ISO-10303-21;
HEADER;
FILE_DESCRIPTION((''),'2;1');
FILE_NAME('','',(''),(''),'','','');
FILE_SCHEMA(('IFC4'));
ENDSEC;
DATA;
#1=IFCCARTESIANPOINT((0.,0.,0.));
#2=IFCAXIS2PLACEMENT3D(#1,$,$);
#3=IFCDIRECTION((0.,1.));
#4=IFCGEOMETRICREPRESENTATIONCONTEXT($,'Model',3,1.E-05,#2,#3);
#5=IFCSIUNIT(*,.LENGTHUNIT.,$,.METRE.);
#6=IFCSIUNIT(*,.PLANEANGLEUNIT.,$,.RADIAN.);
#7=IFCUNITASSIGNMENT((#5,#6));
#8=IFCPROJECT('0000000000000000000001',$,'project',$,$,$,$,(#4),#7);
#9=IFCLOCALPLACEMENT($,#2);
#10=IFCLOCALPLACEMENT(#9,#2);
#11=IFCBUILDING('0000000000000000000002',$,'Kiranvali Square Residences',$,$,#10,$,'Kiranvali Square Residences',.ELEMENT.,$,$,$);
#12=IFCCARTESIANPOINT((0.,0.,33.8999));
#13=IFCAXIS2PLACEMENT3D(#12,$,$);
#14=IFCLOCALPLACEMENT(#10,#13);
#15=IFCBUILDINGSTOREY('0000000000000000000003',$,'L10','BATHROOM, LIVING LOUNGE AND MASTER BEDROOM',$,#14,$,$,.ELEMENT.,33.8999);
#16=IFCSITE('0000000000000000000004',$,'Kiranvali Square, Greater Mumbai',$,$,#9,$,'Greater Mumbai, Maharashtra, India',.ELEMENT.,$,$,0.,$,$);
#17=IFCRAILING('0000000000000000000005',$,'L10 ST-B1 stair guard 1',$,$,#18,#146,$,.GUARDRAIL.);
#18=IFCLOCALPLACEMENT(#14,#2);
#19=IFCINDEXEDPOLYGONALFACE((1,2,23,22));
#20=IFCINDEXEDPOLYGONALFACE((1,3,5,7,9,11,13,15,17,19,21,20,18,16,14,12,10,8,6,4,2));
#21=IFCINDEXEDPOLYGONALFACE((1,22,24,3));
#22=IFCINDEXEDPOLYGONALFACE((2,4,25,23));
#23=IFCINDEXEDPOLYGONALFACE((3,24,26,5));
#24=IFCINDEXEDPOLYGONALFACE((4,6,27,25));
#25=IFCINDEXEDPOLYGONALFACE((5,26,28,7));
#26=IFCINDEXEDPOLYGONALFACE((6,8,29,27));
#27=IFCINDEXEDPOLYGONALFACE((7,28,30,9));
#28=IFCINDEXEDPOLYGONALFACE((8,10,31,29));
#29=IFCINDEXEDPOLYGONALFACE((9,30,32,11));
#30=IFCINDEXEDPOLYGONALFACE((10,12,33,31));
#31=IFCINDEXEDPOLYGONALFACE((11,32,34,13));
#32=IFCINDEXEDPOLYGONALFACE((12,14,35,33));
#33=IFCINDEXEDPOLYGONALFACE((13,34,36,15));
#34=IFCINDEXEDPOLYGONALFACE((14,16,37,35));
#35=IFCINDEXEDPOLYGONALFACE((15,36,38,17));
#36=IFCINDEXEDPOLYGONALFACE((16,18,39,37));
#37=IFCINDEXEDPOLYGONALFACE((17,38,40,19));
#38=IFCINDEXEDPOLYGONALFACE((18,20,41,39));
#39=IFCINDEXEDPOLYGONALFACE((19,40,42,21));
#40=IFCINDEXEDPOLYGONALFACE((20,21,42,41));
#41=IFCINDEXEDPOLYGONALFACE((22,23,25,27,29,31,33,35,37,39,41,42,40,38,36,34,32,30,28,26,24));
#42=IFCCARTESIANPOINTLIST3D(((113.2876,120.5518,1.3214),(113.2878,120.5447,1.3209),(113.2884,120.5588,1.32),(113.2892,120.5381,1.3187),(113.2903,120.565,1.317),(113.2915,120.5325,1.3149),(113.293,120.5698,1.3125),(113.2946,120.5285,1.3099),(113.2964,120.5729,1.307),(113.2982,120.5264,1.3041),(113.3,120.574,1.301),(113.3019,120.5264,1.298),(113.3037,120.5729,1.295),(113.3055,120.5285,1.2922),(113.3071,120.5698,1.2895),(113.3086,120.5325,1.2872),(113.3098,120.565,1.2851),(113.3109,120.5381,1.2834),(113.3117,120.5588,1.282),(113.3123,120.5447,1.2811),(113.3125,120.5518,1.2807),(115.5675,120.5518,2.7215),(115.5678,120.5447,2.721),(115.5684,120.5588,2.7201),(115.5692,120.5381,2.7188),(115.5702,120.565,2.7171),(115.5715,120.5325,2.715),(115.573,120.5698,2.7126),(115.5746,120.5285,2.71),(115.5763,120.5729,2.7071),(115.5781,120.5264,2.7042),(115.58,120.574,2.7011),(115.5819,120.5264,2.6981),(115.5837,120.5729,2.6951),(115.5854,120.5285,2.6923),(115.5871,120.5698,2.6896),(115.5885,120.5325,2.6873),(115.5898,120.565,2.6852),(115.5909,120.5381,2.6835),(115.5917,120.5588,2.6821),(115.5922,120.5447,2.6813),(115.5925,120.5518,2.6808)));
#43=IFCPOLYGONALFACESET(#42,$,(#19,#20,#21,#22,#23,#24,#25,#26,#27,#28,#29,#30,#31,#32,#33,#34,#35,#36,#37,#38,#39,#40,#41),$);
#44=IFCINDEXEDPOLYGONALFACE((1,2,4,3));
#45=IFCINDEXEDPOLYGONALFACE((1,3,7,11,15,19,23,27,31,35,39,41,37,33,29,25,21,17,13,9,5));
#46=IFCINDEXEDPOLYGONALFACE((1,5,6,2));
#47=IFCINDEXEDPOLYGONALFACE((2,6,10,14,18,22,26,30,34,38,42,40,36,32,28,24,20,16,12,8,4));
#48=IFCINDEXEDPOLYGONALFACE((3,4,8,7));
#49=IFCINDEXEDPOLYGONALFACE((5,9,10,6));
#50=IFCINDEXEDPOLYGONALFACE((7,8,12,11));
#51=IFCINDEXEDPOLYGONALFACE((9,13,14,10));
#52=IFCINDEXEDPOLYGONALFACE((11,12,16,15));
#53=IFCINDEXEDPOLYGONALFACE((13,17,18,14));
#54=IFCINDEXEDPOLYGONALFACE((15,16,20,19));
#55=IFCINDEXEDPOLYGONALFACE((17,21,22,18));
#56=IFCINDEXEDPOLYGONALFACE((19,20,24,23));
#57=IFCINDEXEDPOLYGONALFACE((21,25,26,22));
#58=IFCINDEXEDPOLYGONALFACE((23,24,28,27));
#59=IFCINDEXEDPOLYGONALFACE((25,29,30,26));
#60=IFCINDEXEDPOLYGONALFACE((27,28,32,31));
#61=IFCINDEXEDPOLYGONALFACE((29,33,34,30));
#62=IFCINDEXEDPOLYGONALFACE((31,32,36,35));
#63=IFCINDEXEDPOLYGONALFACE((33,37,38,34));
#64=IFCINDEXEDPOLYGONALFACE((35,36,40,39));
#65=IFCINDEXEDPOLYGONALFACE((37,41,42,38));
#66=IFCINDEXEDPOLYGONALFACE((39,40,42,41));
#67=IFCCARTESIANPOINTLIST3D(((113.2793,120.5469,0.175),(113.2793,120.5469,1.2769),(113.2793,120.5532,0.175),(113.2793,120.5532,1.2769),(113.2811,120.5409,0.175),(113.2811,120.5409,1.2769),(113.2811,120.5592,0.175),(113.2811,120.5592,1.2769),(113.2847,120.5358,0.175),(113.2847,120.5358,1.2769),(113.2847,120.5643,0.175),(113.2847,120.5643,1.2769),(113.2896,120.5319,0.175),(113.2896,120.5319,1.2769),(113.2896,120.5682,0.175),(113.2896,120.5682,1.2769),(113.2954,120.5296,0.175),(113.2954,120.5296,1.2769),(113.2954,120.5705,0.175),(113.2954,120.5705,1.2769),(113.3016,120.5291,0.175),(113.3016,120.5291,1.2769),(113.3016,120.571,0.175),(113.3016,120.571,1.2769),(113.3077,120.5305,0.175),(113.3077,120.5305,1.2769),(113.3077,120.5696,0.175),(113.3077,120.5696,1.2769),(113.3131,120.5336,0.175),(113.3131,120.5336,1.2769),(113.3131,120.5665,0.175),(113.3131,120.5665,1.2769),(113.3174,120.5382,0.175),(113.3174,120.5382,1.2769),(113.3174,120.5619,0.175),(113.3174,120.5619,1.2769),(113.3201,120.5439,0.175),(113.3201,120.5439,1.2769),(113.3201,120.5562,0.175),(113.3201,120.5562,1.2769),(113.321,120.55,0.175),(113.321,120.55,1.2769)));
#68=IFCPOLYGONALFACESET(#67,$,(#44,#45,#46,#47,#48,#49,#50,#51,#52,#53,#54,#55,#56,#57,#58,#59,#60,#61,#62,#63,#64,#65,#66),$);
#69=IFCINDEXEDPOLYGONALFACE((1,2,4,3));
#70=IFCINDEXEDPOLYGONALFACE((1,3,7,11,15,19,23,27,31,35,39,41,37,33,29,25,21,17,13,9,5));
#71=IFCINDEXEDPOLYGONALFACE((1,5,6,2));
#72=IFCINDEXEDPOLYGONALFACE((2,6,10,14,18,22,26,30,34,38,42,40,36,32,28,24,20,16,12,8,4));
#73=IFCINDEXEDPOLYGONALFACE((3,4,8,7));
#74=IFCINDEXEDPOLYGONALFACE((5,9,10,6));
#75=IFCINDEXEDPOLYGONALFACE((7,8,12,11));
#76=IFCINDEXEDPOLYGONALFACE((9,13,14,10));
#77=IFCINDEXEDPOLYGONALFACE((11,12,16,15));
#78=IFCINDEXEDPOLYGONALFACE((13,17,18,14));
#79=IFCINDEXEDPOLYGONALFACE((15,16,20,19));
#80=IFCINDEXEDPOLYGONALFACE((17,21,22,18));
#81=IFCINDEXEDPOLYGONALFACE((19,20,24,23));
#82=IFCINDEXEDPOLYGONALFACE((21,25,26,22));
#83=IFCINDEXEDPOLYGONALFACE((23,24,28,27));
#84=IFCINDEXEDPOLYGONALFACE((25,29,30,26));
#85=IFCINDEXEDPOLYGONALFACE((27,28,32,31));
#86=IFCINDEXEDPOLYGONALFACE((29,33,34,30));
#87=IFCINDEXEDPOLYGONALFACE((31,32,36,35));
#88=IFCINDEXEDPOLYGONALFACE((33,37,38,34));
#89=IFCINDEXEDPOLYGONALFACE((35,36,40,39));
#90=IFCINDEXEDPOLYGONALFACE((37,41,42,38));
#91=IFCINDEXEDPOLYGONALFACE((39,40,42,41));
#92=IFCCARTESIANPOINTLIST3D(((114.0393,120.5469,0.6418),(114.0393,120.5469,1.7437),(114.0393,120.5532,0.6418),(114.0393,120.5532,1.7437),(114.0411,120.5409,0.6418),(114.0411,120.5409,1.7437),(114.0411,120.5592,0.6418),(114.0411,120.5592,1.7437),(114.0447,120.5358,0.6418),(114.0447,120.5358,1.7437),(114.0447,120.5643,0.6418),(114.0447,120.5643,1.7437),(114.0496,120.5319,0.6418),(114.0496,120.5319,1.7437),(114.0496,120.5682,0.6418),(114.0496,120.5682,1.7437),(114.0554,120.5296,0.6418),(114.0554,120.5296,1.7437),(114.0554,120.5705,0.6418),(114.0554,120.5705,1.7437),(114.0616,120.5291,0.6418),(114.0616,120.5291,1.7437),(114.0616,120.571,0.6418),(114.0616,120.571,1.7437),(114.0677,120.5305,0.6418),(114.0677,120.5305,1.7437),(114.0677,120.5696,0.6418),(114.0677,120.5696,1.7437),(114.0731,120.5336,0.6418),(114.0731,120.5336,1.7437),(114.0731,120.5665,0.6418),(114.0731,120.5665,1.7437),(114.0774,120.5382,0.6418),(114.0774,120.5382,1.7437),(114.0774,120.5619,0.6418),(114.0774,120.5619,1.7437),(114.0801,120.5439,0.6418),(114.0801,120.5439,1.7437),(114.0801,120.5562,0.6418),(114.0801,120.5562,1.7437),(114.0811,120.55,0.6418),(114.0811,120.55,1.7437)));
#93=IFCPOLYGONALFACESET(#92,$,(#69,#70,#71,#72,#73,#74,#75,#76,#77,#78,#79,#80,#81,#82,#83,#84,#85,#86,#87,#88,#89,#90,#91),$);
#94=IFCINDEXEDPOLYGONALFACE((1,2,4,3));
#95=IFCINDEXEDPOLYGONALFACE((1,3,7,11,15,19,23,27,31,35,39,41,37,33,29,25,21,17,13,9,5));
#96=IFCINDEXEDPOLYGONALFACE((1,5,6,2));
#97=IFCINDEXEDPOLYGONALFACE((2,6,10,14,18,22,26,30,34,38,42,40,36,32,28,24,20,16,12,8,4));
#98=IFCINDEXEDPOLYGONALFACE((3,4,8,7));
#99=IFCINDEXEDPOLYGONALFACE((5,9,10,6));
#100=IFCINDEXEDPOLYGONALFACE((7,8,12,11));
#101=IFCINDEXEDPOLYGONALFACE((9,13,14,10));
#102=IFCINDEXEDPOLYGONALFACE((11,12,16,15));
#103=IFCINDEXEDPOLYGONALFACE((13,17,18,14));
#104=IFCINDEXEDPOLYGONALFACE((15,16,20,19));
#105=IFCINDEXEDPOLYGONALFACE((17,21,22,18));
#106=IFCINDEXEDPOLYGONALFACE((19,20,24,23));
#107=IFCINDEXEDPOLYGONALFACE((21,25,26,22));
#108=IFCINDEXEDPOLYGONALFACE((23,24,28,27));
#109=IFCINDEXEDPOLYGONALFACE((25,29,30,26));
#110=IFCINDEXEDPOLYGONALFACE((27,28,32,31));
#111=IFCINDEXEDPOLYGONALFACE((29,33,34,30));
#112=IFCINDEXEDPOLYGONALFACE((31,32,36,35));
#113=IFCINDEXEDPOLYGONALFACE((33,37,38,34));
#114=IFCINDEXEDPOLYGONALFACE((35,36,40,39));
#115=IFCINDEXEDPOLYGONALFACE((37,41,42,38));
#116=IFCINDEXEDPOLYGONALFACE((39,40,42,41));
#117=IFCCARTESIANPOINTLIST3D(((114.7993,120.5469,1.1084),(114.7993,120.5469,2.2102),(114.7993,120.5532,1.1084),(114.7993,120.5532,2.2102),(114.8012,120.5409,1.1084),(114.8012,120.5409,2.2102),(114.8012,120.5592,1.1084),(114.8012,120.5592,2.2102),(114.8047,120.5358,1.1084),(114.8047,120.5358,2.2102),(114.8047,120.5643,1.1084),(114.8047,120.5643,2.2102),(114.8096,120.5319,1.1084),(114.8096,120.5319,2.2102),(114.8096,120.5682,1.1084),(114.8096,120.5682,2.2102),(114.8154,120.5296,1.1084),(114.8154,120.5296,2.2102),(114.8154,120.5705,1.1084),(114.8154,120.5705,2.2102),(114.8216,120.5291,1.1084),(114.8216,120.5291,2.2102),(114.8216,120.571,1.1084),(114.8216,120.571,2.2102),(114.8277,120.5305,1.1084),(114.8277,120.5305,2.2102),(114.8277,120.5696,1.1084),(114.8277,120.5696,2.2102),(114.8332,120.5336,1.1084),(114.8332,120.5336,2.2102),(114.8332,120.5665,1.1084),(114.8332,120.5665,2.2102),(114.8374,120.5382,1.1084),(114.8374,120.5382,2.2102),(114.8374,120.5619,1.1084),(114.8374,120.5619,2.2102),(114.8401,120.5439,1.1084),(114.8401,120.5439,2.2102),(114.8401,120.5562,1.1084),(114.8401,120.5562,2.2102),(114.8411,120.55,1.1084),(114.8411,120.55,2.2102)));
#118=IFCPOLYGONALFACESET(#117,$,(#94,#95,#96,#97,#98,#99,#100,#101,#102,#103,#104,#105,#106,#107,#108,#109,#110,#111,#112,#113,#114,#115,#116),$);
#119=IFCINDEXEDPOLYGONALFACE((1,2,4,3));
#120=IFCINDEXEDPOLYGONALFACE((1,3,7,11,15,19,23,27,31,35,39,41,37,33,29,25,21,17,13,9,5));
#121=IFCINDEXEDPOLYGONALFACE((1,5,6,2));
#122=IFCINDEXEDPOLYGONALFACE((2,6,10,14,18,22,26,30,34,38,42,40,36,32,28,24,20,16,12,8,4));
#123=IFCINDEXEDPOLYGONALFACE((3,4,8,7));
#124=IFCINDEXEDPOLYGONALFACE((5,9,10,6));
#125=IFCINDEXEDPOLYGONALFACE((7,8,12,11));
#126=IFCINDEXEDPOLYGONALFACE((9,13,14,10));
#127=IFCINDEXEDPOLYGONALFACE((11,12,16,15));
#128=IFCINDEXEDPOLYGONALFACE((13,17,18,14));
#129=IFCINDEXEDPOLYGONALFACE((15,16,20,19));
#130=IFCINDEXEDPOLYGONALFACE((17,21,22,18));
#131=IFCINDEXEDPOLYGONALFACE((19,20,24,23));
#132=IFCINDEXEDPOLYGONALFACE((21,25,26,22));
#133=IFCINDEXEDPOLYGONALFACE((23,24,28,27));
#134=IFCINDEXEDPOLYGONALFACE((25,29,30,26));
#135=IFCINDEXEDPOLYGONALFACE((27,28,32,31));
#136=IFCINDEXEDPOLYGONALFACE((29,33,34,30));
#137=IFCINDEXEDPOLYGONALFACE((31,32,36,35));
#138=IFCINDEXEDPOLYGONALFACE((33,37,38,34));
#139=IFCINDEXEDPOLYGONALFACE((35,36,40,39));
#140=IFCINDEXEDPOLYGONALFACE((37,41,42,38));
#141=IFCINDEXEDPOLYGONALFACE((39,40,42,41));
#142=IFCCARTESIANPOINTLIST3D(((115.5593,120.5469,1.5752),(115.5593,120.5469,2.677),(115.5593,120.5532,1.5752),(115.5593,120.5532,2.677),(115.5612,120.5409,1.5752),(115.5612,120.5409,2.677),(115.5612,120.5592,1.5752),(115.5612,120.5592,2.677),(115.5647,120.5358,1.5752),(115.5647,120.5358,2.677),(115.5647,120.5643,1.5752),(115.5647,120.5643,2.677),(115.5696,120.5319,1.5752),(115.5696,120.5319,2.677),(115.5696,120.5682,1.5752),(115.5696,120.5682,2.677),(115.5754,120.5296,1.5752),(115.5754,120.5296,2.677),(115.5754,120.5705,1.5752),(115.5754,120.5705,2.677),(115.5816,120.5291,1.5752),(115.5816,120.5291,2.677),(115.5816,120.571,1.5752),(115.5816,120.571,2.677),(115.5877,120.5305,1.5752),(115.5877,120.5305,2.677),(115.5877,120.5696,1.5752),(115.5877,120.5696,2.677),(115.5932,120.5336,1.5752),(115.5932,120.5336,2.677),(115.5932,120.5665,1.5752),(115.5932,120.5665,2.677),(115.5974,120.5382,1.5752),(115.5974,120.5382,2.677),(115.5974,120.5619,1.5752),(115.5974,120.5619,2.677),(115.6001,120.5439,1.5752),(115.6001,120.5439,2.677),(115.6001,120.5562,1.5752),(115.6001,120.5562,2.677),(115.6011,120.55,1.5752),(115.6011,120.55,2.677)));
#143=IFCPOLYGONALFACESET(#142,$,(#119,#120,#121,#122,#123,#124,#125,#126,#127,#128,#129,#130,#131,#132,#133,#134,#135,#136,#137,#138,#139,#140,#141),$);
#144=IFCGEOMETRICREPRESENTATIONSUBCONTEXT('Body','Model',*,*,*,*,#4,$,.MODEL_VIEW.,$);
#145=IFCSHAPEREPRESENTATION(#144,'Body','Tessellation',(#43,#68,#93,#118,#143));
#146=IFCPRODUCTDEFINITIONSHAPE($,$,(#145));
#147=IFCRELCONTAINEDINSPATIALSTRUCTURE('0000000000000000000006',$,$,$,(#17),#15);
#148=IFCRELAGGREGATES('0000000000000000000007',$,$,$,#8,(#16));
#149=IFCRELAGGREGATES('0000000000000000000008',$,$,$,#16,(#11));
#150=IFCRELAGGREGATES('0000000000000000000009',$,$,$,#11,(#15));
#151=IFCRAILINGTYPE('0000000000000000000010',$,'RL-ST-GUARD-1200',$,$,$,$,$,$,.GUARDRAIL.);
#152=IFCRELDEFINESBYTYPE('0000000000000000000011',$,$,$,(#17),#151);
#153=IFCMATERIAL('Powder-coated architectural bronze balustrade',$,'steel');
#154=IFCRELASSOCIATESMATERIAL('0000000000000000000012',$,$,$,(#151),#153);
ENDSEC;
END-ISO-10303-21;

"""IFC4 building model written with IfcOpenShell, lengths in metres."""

from ifc_helpers import new_model, si_unit, direction, frame, origin, origin_2d, place, context, subcontext, project, spatial, circle, extrude, material, type_object, element, save


model = new_model("IFC4")

# Units and contexts
model_context = context("Model", 3, precision=1e-05, world=origin(), true_north=direction((0.0, 1.0)))
body_context = subcontext(model_context, "Body", "Model", "MODEL_VIEW")
ifc_project = project(units=[si_unit("LENGTHUNIT", "METRE"), si_unit("PLANEANGLEUNIT", "RADIAN")], contexts=[model_context])

# Site, building, storey
site_placement = place(None, origin())
site = spatial("IfcSite", under=ifc_project, at=site_placement, Name="Kiranvali Square, Greater Mumbai", LongName="Greater Mumbai, Maharashtra, India", CompositionType="ELEMENT", RefElevation=0.0)
building_placement = place(site_placement, origin())
building = spatial("IfcBuilding", under=site, at=building_placement, Name="Kiranvali Square Residences", LongName="Kiranvali Square Residences", CompositionType="ELEMENT")
storey_placement = place(building_placement, frame((0.0, 0.0, 33.8999)))
storey = spatial("IfcBuildingStorey", under=building, at=storey_placement, Name="L10", Description="BATHROOM, LIVING LOUNGE AND MASTER BEDROOM", CompositionType="ELEMENT", Elevation=33.8999)

# Railing
ifc_material_1 = material(Name="Powder-coated architectural bronze balustrade", Category="steel")
railing_type_1 = type_object("IfcRailingType", Name="RL-ST-GUARD-1200", PredefinedType="GUARDRAIL", material=ifc_material_1)
railing_1_placement = place(storey_placement, frame((113.3, 120.55, 0.175)))
element("IfcRailing", 1, at=railing_1_placement, inside=storey, type_object=railing_type_1, Name="L10 ST-B1 stair guard 1", PredefinedType="GUARDRAIL", context=body_context, shape_type="SweptSolid", body=[
    extrude(circle(Radius=0.0239, at=origin_2d()), frame((0.0, 0.0, 1.126), z_axis=(0.85215, 0.0, 0.523298), x_axis=(0.0, 1.0, 0.0)), (0.0, 0.0, 1.0), 2.6755),
    extrude(circle(Radius=0.021, at=origin_2d()), origin(), (0.0, 0.0, 1.0), 1.1018),
    extrude(circle(Radius=0.021, at=origin_2d()), frame((0.76, 0.0, 0.4668)), (0.0, 0.0, 1.0), 1.1018),
    extrude(circle(Radius=0.021, at=origin_2d()), frame((1.52, 0.0, 0.9333)), (0.0, 0.0, 1.0), 1.1018),
    extrude(circle(Radius=0.021, at=origin_2d()), frame((2.28, 0.0, 1.4001)), (0.0, 0.0, 1.0), 1.1018),
])

save(model, "model.ifc")
